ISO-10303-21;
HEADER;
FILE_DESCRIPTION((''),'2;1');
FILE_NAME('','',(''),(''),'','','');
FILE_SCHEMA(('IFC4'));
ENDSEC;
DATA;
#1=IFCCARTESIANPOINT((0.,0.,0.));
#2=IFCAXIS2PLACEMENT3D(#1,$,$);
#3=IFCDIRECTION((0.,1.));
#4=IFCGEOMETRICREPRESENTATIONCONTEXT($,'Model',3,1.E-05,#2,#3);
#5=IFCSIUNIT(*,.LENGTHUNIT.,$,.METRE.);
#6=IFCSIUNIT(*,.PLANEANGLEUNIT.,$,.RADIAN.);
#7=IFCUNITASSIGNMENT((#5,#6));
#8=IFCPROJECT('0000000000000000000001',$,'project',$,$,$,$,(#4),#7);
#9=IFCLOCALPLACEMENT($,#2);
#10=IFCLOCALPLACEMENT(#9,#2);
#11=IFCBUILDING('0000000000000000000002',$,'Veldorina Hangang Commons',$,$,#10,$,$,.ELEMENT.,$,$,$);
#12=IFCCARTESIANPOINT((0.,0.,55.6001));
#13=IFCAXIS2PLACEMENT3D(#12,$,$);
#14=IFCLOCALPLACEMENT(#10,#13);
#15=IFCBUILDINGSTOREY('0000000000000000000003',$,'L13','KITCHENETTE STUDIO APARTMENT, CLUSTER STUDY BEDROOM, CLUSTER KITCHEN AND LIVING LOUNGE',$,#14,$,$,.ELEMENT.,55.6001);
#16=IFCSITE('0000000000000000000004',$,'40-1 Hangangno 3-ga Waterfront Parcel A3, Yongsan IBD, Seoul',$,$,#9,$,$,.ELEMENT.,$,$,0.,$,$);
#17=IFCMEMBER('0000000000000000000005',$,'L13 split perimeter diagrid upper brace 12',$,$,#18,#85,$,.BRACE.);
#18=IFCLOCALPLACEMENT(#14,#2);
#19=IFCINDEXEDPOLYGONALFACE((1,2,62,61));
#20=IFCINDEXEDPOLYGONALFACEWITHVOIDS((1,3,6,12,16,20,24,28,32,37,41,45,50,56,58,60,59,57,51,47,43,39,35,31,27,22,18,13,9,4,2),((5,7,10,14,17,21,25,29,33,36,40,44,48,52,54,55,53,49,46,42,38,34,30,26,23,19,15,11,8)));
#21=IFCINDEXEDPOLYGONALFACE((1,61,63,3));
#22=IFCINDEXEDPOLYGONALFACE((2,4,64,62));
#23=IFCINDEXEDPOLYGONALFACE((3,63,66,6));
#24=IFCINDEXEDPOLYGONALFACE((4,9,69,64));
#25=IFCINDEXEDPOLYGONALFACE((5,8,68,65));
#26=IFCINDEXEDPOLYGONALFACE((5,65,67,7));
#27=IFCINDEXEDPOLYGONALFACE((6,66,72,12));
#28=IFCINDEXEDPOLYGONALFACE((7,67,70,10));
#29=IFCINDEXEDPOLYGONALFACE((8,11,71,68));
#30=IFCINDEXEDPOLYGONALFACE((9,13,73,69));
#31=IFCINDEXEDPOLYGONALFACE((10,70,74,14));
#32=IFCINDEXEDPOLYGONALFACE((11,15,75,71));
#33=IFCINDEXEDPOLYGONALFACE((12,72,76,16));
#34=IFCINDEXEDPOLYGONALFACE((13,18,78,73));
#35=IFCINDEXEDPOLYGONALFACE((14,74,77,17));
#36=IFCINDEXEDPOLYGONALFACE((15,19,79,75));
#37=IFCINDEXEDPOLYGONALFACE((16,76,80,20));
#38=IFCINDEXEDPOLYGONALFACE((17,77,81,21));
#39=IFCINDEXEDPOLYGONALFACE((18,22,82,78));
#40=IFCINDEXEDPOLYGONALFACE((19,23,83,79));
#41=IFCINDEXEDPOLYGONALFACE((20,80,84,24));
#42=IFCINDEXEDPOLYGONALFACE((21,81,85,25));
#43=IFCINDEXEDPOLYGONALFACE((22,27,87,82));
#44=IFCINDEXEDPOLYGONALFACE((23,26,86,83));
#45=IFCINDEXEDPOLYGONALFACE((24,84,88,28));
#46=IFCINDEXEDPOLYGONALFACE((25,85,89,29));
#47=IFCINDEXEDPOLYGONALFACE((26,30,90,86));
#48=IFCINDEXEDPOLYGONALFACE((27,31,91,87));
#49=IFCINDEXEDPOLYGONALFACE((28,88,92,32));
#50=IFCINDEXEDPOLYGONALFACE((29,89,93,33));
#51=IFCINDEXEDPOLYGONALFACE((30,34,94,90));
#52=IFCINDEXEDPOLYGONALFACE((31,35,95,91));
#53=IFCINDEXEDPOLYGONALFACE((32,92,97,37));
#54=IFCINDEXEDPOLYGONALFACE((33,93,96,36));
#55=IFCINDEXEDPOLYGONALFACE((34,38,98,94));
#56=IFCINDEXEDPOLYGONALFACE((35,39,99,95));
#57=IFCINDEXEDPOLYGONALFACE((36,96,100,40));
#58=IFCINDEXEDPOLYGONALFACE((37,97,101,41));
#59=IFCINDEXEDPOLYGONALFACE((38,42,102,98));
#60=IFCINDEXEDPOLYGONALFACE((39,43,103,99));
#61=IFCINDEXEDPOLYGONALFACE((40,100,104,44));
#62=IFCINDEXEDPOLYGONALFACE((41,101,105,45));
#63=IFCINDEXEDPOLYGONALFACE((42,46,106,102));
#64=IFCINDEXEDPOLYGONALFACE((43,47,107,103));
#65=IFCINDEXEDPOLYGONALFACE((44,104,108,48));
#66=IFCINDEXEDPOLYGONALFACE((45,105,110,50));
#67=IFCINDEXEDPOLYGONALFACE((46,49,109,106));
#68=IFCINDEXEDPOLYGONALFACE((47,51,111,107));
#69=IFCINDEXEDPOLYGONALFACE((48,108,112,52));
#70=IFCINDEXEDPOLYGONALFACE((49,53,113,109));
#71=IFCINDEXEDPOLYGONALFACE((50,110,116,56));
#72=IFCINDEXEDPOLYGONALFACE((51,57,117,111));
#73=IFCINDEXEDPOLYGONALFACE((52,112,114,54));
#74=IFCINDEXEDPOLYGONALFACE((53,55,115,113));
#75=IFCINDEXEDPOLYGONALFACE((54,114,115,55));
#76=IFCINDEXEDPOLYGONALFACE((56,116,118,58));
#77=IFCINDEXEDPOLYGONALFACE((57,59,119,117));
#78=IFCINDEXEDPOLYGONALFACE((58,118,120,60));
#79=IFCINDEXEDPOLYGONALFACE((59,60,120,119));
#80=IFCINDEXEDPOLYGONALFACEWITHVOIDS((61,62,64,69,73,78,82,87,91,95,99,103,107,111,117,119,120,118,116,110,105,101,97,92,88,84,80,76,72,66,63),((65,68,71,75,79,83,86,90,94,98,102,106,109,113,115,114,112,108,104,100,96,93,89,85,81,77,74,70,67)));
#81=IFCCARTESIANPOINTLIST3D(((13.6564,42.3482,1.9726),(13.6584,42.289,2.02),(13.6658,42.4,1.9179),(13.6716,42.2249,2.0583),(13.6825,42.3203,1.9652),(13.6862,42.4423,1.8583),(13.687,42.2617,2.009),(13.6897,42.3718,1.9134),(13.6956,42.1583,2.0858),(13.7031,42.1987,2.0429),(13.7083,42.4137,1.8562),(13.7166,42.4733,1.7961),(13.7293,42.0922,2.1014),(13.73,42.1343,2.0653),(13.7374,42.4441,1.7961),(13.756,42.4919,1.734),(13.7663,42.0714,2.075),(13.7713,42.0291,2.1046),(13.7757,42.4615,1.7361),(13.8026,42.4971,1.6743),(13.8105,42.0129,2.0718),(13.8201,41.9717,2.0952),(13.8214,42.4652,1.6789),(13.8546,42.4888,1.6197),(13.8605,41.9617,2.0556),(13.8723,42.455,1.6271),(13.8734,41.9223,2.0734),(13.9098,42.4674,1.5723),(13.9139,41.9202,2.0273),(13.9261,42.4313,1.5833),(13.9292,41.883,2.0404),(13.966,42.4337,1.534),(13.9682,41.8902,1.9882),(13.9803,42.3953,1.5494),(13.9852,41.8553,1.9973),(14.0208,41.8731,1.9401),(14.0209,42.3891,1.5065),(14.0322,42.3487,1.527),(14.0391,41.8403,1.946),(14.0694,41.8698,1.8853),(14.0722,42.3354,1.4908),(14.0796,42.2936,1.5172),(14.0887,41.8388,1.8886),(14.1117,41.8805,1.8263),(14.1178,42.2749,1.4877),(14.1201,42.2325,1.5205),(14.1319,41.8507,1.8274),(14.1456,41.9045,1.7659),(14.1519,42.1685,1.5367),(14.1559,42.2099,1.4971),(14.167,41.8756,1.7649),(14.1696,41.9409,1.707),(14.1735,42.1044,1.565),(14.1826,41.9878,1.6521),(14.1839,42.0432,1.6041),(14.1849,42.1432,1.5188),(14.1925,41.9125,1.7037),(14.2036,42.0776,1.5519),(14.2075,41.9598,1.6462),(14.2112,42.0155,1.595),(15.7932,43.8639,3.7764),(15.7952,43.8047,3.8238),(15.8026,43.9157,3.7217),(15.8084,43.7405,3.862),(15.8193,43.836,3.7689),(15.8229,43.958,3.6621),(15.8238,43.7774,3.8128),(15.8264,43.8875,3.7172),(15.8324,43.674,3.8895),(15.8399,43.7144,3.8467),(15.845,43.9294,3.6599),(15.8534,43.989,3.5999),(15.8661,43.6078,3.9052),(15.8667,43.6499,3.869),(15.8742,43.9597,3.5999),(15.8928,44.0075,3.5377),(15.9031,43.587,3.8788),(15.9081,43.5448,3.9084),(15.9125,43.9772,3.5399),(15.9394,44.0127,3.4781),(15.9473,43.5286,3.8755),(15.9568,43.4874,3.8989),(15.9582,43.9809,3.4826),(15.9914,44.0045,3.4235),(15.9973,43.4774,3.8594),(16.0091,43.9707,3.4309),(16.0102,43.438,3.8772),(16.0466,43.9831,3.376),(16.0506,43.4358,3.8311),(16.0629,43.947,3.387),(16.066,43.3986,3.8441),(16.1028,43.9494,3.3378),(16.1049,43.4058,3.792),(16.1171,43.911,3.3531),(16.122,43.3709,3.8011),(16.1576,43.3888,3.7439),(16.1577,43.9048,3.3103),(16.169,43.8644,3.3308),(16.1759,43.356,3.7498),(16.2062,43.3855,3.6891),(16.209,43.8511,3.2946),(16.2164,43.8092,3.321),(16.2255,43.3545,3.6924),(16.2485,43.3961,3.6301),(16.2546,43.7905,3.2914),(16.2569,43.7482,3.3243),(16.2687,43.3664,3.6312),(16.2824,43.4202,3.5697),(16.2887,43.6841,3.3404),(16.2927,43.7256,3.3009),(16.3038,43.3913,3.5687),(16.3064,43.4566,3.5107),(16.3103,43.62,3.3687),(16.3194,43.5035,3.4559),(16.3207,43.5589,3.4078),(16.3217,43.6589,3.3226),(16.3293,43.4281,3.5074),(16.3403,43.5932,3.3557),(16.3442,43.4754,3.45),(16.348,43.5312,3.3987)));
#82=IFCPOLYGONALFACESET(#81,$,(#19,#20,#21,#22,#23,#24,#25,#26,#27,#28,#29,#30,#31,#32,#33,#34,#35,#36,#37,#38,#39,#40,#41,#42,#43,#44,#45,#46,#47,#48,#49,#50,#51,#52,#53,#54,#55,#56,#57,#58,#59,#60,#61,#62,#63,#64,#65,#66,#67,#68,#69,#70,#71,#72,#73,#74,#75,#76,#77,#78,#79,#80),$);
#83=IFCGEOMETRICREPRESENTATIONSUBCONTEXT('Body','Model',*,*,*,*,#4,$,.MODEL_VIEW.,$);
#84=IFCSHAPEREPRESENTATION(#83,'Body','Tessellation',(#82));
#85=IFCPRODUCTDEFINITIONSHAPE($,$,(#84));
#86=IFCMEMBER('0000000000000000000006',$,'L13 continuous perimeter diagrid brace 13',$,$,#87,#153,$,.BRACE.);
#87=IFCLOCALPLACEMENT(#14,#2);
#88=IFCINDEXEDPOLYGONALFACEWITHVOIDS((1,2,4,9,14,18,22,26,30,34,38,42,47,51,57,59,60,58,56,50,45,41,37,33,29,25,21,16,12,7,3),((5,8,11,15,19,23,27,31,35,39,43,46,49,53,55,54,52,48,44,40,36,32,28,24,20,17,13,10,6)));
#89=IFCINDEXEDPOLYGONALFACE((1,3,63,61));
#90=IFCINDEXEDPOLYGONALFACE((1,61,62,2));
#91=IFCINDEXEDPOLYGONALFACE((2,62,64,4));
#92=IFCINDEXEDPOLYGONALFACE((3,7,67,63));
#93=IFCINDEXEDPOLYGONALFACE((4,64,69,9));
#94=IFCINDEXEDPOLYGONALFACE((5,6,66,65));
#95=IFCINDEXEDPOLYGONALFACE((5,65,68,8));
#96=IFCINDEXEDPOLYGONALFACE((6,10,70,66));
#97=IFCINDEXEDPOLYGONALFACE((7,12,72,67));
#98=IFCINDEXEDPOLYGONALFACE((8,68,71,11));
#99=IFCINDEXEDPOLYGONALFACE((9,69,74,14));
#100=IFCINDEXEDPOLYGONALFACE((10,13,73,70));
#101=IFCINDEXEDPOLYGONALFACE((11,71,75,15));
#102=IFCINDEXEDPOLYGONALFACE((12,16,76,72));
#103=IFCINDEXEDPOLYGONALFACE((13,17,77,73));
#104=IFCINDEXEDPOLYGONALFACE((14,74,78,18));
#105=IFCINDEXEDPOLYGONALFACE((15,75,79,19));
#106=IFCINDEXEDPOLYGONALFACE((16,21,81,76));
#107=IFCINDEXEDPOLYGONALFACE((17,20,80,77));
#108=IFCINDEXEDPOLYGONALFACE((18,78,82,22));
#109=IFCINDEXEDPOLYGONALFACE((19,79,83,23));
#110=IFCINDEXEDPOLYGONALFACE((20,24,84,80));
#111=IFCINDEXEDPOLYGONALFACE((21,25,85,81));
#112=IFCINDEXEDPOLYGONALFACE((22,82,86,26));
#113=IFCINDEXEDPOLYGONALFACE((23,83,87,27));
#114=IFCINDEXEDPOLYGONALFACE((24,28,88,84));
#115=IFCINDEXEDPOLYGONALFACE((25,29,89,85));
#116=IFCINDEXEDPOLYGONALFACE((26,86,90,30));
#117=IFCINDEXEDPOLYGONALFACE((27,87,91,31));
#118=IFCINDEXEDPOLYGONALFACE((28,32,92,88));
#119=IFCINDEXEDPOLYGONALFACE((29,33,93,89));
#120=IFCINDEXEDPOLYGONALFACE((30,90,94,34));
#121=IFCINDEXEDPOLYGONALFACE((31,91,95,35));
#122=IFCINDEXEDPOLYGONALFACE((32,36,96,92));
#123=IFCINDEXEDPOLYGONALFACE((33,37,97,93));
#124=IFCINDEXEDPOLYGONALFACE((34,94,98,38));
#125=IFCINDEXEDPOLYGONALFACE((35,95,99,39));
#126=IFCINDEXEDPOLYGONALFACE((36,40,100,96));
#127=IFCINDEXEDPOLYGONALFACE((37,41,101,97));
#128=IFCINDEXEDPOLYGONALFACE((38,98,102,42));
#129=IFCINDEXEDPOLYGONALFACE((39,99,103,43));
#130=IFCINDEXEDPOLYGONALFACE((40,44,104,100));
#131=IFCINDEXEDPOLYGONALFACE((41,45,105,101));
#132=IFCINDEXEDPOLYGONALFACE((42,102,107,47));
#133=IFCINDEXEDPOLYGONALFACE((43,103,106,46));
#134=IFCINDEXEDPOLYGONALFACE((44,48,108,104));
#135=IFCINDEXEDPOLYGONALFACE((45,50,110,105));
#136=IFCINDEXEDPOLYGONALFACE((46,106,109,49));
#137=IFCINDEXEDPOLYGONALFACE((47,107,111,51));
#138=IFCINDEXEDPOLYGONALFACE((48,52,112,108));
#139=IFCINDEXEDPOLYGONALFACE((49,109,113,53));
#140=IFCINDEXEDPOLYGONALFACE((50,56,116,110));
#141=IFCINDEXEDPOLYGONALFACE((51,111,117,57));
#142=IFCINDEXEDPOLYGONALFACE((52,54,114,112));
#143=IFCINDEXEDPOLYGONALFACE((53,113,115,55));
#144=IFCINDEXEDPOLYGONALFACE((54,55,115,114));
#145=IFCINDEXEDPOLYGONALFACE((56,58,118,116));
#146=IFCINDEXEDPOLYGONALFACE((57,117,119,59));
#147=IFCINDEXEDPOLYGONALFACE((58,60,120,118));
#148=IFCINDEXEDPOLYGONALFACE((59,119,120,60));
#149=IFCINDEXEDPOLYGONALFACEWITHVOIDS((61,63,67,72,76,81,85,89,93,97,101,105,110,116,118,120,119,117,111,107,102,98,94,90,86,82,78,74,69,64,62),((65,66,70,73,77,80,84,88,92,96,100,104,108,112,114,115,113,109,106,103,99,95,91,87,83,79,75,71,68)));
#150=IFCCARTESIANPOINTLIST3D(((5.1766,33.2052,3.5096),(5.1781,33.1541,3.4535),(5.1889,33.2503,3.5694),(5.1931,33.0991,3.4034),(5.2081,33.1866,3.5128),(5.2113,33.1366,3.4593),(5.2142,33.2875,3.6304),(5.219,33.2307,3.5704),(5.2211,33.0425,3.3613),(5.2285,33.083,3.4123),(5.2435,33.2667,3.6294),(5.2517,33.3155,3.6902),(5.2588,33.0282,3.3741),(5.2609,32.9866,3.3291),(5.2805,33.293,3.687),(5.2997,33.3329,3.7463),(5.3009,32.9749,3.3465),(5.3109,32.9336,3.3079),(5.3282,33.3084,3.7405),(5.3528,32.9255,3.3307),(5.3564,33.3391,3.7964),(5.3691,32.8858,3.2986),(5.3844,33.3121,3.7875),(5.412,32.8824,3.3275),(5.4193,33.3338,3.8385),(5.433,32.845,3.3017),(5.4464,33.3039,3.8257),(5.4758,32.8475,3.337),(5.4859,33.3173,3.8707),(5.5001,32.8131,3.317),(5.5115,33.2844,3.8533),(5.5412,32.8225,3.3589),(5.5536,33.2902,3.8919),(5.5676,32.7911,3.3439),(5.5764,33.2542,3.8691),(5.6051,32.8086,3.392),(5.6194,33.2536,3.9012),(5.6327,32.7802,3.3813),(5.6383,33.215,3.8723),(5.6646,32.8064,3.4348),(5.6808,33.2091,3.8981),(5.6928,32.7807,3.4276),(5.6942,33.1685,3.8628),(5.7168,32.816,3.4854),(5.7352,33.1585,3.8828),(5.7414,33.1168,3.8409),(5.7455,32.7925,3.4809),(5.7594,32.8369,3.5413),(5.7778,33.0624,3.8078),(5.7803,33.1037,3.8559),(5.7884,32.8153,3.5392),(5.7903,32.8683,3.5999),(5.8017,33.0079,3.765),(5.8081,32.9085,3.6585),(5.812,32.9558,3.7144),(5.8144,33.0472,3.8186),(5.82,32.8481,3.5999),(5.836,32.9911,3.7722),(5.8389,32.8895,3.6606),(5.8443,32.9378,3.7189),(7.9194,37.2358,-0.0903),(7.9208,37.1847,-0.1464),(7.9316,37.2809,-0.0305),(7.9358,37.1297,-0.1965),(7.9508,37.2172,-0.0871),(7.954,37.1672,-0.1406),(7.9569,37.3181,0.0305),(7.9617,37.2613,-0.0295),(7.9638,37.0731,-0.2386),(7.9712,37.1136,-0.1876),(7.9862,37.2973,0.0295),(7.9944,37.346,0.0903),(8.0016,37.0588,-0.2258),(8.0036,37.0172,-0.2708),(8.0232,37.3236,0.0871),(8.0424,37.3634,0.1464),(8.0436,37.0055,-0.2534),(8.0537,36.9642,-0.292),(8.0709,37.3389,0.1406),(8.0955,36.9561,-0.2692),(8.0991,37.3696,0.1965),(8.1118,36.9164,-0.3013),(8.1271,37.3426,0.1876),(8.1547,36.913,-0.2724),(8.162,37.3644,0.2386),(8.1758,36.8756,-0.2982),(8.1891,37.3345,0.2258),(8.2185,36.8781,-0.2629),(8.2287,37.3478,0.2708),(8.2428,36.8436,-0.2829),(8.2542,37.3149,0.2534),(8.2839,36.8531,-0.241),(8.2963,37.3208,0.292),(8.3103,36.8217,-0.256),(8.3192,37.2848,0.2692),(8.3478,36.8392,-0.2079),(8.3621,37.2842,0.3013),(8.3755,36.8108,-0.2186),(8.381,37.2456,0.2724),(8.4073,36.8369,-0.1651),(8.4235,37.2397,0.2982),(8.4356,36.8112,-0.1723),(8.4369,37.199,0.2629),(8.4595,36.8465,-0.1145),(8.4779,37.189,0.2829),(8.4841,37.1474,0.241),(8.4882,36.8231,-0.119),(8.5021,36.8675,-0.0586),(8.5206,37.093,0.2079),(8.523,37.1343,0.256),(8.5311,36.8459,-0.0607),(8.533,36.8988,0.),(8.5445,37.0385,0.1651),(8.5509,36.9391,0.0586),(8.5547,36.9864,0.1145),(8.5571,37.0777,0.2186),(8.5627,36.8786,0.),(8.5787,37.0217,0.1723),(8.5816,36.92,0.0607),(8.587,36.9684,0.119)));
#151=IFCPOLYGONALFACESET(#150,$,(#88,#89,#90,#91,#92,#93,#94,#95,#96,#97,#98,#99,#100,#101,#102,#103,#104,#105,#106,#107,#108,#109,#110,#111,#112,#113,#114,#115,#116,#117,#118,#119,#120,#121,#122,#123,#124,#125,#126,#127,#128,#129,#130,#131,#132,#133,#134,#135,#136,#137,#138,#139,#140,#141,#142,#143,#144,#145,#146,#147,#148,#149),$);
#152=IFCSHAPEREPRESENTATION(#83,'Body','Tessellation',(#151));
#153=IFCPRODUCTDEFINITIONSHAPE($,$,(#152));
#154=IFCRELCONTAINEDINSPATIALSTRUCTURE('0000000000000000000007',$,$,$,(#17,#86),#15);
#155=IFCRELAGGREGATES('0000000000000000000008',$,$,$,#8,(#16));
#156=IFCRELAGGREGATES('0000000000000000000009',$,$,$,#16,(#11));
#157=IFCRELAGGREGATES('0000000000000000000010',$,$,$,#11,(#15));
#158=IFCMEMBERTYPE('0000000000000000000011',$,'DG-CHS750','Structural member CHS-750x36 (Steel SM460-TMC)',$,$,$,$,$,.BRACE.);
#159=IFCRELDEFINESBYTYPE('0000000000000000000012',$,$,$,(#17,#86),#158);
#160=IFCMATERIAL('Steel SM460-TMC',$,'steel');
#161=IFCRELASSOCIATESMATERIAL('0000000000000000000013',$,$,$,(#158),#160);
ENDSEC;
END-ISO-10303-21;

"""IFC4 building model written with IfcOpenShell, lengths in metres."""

from ifc_helpers import new_model, si_unit, direction, frame, origin, origin_2d, place, context, subcontext, project, spatial, hollow_circle, extrude, material, material_profile, profile_set, type_object, element, save


model = new_model("IFC4")

# Units and contexts
model_context = context("Model", 3, precision=1e-05, world=origin(), true_north=direction((0.0, 1.0)))
body_context = subcontext(model_context, "Body", "Model", "MODEL_VIEW")
ifc_project = project(units=[si_unit("LENGTHUNIT", "METRE"), si_unit("PLANEANGLEUNIT", "RADIAN")], contexts=[model_context])

# Site, building, storey
site_placement = place(None, origin())
site = spatial("IfcSite", under=ifc_project, at=site_placement, Name="40-1 Hangangno 3-ga Waterfront Parcel A3, Yongsan IBD, Seoul", CompositionType="ELEMENT", RefElevation=0.0)
building_placement = place(site_placement, origin())
building = spatial("IfcBuilding", under=site, at=building_placement, Name="Veldorina Hangang Commons", CompositionType="ELEMENT")
storey_placement = place(building_placement, frame((0.0, 0.0, 55.6001)))
storey = spatial("IfcBuildingStorey", under=building, at=storey_placement, Name="L13", Description="KITCHENETTE STUDIO APARTMENT, CLUSTER STUDY BEDROOM, CLUSTER KITCHEN AND LIVING LOUNGE", CompositionType="ELEMENT", Elevation=55.6001)

# Shared definitions
ifc_material_1 = material(Name="Steel SM460-TMC", Category="steel")

# Members
ifc_material_profile_1 = material_profile(ifc_material_1, hollow_circle(Radius=0.375, WallThickness=0.0359, at=origin_2d()), Name="CHS-750x36")
ifc_profile_set_1 = profile_set([ifc_material_profile_1], Name="Steel SM460-TMC")
member_type = type_object("IfcMemberType", Name="DG-CHS750", Description="Structural member CHS-750x36 (Steel SM460-TMC)", PredefinedType="BRACE", material=ifc_profile_set_1)
member_1_placement = place(storey_placement, frame((13.9336, 42.1675, 1.7961), z_axis=(0.671803, 0.476525, 0.567102), x_axis=(-0.578555, 0.815643, 0.0)))
element("IfcMember", 1, at=member_1_placement, inside=storey, type_object=member_type, Name="L13 split perimeter diagrid upper brace 12", PredefinedType="BRACE", context=body_context, shape_type="SweptSolid", body=[
    extrude(hollow_circle(Radius=0.375, WallThickness=0.0359, at=origin_2d()), origin(), (0.0, 0.0, 1.0), 3.1807),
])
member_2_placement = place(storey_placement, frame((8.2527, 37.0896, 0.0), z_axis=(-0.45257, -0.665078, 0.594013), x_axis=(0.826743, -0.56258, 0.0)))
element("IfcMember", 2, at=member_2_placement, inside=storey, type_object=member_type, Name="L13 continuous perimeter diagrid brace 13", PredefinedType="BRACE", context=body_context, shape_type="SweptSolid", body=[
    extrude(hollow_circle(Radius=0.375, WallThickness=0.0359, at=origin_2d()), origin(), (0.0, 0.0, 1.0), 6.0603),
])

save(model, "model.ifc")
